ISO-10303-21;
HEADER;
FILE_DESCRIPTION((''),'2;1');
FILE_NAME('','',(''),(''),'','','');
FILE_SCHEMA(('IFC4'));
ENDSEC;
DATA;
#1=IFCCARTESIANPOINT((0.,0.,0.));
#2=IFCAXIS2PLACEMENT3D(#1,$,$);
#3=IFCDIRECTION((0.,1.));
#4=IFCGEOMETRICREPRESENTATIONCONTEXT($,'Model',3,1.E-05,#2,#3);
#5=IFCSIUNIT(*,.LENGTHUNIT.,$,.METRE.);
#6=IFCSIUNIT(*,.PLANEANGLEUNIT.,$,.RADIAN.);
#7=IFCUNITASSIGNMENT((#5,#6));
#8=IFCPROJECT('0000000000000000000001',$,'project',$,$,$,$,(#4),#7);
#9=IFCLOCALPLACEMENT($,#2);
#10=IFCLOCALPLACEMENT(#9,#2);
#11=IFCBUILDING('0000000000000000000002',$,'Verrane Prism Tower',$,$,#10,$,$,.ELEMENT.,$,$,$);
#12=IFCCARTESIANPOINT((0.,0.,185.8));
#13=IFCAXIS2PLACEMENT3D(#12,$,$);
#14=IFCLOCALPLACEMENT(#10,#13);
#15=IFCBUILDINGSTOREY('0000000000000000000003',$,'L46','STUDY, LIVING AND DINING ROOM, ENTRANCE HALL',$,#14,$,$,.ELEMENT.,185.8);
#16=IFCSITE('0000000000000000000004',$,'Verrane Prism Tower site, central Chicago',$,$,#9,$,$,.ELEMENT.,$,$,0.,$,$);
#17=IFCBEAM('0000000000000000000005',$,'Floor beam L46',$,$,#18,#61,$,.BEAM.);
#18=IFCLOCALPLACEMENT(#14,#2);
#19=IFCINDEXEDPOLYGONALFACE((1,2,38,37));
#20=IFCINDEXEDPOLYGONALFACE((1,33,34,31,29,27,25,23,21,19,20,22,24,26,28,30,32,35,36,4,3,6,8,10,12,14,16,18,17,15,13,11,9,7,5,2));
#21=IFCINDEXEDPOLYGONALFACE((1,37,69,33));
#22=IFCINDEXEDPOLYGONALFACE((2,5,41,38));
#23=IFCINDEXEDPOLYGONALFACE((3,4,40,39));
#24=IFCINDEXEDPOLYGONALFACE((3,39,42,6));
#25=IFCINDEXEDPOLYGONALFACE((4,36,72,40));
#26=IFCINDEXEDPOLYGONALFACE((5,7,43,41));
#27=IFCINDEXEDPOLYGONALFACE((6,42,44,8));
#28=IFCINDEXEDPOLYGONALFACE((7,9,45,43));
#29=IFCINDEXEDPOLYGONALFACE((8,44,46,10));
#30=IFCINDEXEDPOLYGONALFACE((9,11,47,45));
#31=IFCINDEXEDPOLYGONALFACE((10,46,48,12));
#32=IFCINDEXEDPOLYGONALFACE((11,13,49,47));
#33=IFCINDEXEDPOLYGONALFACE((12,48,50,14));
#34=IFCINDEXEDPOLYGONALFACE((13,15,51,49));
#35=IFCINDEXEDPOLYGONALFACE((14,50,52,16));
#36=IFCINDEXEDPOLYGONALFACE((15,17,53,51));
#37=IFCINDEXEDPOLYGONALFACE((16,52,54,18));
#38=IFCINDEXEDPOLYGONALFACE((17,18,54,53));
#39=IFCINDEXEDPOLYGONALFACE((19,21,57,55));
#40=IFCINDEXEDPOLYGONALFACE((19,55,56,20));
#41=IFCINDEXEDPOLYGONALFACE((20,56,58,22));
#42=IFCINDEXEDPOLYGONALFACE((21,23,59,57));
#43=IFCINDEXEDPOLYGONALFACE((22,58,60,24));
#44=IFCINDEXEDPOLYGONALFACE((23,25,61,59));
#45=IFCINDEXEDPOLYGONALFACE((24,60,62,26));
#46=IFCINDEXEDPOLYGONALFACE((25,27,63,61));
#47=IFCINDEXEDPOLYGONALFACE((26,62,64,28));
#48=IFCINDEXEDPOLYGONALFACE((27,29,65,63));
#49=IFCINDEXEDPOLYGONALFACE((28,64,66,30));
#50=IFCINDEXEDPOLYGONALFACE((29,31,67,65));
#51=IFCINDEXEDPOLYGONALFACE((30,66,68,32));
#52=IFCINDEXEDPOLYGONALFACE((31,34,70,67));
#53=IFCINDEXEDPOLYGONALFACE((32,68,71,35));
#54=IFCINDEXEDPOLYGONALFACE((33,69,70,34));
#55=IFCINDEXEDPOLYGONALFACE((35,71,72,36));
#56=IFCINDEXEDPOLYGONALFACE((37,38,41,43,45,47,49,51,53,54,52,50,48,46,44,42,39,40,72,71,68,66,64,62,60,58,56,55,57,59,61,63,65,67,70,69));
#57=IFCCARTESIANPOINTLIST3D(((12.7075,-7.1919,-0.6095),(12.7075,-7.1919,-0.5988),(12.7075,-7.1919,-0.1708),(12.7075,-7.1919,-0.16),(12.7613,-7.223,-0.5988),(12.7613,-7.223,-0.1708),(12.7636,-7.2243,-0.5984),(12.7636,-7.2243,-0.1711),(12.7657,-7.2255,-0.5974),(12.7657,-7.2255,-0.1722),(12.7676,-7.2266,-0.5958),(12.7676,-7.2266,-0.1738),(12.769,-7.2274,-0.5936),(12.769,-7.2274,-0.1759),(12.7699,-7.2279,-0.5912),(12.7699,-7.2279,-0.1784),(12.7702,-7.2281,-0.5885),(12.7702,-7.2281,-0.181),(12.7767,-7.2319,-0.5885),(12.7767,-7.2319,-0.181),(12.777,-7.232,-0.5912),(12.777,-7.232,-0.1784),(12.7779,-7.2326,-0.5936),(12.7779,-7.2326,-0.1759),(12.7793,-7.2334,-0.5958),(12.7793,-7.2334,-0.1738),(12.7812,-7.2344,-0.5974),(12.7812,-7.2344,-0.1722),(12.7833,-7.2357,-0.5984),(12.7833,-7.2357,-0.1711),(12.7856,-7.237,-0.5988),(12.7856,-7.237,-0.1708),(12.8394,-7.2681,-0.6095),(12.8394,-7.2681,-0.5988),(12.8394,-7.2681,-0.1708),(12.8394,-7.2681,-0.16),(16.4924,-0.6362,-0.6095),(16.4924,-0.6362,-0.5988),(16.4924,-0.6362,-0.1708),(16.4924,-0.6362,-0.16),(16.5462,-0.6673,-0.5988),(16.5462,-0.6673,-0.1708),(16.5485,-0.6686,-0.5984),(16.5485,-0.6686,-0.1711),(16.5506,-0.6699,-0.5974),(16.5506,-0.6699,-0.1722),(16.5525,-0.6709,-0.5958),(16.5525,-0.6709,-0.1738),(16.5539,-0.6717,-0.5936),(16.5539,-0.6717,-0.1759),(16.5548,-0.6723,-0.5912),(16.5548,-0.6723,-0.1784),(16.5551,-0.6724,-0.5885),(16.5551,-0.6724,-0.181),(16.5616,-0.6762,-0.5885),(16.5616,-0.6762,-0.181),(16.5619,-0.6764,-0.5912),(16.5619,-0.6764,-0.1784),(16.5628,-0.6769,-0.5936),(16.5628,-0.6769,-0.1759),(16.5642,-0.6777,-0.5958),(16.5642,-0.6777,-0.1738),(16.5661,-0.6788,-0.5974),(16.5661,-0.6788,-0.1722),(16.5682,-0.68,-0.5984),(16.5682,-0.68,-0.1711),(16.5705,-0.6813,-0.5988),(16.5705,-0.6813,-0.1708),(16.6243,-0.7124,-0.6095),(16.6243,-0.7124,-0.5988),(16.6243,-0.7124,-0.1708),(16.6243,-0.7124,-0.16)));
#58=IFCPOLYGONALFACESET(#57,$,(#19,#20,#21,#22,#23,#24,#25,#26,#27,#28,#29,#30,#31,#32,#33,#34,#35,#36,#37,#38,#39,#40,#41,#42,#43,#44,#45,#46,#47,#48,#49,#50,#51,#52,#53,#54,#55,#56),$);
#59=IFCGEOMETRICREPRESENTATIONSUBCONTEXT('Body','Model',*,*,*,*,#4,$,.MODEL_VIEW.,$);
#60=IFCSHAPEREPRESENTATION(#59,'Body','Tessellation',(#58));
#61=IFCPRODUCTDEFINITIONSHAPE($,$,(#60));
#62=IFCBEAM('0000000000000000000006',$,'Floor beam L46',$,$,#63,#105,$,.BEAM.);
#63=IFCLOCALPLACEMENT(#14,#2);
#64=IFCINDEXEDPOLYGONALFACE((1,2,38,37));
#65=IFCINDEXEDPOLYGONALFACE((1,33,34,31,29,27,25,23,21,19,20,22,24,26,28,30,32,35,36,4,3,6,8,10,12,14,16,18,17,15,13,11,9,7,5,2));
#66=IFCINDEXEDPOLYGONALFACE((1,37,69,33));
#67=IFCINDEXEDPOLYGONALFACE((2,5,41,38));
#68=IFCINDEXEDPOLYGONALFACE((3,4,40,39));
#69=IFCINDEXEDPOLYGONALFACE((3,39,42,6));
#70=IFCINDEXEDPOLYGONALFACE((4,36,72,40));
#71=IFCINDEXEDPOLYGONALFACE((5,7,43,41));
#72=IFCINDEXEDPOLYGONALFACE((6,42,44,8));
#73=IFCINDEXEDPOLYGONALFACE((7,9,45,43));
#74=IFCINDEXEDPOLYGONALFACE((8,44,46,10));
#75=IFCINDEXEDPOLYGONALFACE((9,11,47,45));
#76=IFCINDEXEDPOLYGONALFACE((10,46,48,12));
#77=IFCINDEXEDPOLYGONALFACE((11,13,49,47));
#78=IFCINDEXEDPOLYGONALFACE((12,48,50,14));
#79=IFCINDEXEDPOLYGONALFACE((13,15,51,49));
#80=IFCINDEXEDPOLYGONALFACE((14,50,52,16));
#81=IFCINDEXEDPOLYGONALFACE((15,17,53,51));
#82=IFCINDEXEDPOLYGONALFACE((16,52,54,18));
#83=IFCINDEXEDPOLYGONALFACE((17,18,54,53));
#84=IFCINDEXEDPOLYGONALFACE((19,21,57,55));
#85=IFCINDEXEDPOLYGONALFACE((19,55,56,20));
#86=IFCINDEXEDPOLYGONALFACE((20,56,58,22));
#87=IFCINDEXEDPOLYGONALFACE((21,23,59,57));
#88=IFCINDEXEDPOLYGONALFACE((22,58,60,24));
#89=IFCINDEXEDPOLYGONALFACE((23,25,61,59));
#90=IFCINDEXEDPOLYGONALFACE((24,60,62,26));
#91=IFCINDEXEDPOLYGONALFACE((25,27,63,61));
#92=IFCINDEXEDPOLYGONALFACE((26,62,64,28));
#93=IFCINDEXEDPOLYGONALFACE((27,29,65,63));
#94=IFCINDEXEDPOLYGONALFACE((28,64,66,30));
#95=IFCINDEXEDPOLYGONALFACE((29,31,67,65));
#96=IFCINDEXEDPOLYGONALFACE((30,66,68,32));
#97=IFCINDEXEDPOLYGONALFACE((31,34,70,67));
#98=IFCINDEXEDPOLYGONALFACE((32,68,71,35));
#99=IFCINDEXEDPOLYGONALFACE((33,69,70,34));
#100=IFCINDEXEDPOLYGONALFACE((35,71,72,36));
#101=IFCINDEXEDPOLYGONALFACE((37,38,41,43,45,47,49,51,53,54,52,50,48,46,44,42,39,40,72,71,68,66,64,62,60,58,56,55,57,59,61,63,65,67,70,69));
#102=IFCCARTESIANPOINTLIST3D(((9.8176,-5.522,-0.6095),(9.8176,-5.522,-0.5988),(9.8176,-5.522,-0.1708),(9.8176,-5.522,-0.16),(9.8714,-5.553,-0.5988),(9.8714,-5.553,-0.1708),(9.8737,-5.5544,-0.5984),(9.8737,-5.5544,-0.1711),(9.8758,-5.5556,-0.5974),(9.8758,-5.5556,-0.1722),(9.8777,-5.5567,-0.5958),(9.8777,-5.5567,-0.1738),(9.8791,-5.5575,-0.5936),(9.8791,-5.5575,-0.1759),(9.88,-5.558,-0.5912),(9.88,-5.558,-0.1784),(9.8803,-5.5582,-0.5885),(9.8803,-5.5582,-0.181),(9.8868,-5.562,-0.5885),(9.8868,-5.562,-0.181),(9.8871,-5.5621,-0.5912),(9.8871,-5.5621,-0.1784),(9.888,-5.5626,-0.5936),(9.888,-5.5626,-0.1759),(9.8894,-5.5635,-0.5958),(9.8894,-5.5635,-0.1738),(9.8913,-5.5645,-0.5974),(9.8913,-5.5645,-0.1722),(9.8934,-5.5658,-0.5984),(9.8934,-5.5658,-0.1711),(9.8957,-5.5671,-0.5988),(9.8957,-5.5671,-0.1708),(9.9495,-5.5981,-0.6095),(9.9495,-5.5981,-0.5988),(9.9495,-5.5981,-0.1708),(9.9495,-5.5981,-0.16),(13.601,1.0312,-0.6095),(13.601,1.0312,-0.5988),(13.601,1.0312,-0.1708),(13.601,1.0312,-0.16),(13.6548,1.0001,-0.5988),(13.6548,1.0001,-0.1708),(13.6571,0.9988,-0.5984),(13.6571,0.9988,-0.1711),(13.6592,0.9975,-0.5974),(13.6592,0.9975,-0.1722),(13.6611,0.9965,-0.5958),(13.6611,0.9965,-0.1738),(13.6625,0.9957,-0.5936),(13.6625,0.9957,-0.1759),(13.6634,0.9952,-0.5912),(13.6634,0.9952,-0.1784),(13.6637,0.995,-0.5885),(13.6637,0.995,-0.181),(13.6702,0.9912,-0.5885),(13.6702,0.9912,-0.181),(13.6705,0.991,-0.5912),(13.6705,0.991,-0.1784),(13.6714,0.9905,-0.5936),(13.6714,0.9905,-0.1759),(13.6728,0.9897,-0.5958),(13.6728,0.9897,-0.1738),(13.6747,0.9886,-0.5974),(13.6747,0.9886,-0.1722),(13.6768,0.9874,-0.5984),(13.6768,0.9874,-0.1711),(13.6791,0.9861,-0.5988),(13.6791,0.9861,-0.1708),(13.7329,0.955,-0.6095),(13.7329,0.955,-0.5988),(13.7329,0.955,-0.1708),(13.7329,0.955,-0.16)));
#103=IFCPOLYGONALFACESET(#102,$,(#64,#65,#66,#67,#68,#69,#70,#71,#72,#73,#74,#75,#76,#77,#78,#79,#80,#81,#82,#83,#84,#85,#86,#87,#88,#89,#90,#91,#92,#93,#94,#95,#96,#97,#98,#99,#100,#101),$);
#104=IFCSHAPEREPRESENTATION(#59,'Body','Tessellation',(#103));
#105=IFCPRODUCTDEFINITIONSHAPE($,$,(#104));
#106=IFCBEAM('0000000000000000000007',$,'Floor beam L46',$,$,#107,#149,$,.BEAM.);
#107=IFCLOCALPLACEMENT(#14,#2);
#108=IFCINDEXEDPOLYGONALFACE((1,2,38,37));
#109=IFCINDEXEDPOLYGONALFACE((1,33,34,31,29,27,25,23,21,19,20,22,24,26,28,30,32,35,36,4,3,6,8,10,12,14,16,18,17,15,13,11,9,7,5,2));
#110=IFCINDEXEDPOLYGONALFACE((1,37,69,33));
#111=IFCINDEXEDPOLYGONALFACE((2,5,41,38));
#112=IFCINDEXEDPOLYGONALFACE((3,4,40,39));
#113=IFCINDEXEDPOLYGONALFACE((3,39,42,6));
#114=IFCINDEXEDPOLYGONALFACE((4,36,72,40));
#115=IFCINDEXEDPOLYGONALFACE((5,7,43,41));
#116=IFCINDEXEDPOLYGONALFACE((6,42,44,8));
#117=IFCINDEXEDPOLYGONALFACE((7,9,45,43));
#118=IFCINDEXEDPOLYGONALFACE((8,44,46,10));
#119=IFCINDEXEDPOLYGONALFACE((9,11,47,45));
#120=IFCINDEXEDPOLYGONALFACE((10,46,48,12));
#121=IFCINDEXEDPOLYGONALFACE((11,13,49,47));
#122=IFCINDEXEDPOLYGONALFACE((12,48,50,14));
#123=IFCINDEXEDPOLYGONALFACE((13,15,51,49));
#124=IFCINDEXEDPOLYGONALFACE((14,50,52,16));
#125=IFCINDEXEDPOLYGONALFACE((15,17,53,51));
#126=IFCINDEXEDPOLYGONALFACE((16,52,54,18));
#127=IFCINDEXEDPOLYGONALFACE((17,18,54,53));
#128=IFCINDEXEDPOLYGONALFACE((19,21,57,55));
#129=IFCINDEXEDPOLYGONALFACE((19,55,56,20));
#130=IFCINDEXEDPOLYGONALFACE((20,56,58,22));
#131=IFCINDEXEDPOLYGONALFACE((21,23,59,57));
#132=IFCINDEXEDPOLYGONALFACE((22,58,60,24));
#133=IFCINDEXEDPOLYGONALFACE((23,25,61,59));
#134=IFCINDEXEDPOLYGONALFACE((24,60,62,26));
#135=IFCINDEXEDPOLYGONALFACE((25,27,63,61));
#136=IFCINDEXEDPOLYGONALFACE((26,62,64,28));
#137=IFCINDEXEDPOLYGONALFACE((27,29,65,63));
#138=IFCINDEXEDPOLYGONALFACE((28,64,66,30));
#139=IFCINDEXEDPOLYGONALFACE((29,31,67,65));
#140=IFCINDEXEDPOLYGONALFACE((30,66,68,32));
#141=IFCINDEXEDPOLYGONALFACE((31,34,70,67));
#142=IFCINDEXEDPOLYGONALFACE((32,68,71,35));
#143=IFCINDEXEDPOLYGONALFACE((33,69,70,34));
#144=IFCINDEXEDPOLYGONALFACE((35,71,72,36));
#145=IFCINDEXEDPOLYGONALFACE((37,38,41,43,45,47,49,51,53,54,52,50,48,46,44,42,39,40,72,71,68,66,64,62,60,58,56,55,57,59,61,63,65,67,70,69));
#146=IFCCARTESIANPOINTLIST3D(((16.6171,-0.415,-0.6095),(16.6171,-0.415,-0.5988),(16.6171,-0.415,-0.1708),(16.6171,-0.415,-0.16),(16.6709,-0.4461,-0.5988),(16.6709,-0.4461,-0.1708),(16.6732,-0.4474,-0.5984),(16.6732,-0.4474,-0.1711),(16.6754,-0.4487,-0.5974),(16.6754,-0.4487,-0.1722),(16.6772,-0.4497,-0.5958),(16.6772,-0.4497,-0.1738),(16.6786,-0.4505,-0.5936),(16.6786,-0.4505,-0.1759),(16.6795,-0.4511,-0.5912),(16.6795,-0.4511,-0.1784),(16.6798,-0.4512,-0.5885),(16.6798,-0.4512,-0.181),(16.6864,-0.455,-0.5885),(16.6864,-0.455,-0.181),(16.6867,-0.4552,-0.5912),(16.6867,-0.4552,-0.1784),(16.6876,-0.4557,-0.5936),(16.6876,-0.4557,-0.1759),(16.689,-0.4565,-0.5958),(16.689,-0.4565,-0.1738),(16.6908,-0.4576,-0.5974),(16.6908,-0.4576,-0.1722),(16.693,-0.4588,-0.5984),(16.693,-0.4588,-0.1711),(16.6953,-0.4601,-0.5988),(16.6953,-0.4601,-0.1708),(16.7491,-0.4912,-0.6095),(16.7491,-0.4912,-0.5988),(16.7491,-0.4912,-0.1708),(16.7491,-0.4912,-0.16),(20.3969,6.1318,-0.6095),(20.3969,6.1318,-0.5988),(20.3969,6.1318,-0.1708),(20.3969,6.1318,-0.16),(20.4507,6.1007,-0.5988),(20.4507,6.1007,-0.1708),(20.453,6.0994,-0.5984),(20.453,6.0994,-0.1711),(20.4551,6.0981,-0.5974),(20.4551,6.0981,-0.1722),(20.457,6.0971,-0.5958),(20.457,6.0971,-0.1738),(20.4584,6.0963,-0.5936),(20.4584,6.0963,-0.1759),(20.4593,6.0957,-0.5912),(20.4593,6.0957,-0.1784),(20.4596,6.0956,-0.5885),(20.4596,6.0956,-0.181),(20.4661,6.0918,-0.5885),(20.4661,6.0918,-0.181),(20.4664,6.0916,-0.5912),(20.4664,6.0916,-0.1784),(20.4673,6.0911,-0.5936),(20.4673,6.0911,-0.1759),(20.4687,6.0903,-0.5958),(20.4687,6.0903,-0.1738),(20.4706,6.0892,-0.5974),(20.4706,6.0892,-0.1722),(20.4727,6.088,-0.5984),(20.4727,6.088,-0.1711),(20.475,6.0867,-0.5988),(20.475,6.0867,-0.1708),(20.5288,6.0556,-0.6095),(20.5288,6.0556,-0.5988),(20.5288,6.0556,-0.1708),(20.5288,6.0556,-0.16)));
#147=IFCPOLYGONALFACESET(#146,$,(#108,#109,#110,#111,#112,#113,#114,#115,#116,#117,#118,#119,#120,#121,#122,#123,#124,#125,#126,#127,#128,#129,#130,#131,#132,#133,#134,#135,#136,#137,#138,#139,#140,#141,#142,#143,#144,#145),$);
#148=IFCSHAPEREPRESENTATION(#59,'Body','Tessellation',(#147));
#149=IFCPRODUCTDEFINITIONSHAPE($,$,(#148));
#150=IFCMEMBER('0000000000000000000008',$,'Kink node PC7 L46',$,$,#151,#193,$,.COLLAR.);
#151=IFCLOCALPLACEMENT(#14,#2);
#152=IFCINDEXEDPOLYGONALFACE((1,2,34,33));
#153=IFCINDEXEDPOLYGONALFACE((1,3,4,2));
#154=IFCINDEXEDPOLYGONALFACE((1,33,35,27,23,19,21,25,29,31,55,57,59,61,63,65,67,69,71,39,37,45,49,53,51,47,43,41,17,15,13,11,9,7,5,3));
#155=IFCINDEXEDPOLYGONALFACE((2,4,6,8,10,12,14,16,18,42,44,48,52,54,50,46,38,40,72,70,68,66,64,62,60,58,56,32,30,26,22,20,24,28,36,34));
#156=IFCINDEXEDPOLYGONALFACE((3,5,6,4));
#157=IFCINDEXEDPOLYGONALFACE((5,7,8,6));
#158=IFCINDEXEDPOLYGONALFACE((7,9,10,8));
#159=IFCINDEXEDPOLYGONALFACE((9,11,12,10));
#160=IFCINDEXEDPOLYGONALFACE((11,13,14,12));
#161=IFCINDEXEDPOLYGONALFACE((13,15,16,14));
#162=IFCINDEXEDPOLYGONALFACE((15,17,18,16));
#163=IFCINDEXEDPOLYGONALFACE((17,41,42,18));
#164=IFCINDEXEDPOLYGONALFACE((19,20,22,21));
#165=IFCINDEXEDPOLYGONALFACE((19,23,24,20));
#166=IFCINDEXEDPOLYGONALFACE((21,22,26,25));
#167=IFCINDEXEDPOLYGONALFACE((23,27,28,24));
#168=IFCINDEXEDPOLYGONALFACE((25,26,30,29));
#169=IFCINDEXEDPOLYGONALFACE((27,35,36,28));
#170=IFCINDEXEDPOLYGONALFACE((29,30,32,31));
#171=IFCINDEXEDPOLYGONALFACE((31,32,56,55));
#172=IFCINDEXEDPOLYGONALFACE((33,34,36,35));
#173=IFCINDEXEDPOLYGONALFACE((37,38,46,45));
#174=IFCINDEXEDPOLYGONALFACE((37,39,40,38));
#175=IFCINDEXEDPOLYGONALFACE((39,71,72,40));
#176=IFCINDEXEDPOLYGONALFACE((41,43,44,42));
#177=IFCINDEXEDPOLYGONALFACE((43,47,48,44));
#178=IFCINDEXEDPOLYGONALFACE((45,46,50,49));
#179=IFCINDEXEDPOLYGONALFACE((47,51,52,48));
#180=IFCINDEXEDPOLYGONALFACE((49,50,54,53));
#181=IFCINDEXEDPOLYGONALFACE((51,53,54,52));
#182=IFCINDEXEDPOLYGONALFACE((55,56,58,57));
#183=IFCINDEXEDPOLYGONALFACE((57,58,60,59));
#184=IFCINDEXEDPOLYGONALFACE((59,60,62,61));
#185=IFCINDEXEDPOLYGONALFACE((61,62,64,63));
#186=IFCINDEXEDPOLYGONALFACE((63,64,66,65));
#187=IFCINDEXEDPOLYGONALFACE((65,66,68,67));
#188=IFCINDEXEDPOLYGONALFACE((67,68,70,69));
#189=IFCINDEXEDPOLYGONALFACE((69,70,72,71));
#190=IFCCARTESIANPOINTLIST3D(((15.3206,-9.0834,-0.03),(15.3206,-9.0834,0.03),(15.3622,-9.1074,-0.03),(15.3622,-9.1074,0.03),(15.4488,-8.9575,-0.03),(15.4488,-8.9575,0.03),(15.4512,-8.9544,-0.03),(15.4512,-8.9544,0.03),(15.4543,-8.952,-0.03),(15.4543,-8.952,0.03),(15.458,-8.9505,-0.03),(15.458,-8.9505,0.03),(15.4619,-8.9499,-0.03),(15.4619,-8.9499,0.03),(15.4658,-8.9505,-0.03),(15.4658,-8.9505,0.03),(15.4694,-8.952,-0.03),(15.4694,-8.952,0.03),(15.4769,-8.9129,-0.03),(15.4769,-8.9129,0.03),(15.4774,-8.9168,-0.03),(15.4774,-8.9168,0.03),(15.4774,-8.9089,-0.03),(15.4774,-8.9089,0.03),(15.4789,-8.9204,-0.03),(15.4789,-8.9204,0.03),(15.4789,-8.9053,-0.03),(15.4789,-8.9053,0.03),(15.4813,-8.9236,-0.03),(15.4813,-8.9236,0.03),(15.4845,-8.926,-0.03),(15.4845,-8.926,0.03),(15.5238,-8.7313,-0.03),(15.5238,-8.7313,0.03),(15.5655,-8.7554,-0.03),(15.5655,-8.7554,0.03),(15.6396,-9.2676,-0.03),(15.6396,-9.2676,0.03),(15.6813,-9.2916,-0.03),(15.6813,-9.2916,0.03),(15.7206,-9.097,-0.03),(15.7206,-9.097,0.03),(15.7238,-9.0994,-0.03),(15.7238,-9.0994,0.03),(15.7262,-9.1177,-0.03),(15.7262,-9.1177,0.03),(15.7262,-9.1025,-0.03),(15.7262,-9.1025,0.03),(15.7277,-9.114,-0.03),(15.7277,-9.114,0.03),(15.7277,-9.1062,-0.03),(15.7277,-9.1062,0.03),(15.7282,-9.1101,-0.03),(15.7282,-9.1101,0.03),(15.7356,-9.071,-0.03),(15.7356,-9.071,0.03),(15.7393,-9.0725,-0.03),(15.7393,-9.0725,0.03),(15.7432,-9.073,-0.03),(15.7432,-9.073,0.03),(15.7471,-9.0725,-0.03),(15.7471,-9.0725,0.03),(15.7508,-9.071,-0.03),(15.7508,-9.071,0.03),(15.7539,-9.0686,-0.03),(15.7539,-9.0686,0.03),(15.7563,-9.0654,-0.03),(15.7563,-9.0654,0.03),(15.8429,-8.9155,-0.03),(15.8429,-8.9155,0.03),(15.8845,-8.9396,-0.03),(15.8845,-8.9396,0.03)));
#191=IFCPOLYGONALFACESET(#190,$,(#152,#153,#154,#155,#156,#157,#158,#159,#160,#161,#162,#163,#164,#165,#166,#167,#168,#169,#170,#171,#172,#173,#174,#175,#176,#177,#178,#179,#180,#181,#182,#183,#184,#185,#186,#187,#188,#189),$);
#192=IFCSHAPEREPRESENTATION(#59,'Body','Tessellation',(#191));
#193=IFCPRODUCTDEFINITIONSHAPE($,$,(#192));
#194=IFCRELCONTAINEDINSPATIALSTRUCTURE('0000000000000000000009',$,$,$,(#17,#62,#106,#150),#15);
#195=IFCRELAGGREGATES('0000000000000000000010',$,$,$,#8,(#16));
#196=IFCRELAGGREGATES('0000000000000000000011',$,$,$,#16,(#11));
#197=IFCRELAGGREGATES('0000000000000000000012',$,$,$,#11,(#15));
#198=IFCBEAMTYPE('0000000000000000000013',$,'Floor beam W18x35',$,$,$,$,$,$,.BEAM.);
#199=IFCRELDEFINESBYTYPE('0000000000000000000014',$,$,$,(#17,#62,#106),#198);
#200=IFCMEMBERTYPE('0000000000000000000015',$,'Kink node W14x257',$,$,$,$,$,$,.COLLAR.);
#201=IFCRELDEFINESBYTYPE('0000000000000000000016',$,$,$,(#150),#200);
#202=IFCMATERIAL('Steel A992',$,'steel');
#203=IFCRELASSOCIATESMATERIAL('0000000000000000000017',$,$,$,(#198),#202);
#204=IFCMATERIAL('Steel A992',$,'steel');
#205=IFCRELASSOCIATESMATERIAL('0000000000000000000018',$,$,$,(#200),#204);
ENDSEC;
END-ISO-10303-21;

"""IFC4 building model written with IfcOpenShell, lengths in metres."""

from ifc_helpers import new_model, si_unit, direction, frame, origin, origin_2d, place, context, subcontext, project, spatial, i_section, extrude, material, material_profile, profile_set, type_object, element, save


model = new_model("IFC4")

# Units and contexts
model_context = context("Model", 3, precision=1e-05, world=origin(), true_north=direction((0.0, 1.0)))
body_context = subcontext(model_context, "Body", "Model", "MODEL_VIEW")
ifc_project = project(units=[si_unit("LENGTHUNIT", "METRE"), si_unit("PLANEANGLEUNIT", "RADIAN")], contexts=[model_context])

# Site, building, storey
site_placement = place(None, origin())
site = spatial("IfcSite", under=ifc_project, at=site_placement, Name="Verrane Prism Tower site, central Chicago", CompositionType="ELEMENT", RefElevation=0.0)
building_placement = place(site_placement, origin())
building = spatial("IfcBuilding", under=site, at=building_placement, Name="Verrane Prism Tower", CompositionType="ELEMENT")
storey_placement = place(building_placement, frame((0.0, 0.0, 185.8)))
storey = spatial("IfcBuildingStorey", under=building, at=storey_placement, Name="L46", Description="STUDY, LIVING AND DINING ROOM, ENTRANCE HALL", CompositionType="ELEMENT", Elevation=185.8)

# Beams
ifc_material_1 = material(Name="Steel A992", Category="steel")
ifc_material_profile_1 = material_profile(ifc_material_1, i_section(OverallWidth=0.1523, OverallDepth=0.4495, WebThickness=0.0076, FlangeThickness=0.0107, FilletRadius=0.0103, at=origin_2d()), Name="W18x35")
ifc_profile_set_1 = profile_set([ifc_material_profile_1], Name="Steel A992")
beam_type_1 = type_object("IfcBeamType", Name="Floor beam W18x35", PredefinedType="BEAM", material=ifc_profile_set_1)
beam_1_placement = place(storey_placement, frame((12.7734, -7.23, -0.3848), z_axis=(0.5, 0.866026, 0.0), x_axis=(-0.866026, 0.5, 0.0)))
element("IfcBeam", 1, at=beam_1_placement, inside=storey, type_object=beam_type_1, Name="Floor beam L46", PredefinedType="BEAM", context=body_context, shape_type="SweptSolid", body=[
    extrude(i_section(OverallWidth=0.1523, OverallDepth=0.4495, WebThickness=0.0076, FlangeThickness=0.0107, FilletRadius=0.0103, at=origin_2d()), origin(), (0.0, 0.0, 1.0), 7.5698),
])
beam_2_placement = place(storey_placement, frame((9.8835, -5.5601, -0.3848), z_axis=(0.499994, 0.866029, 0.0), x_axis=(-0.866029, 0.499994, 0.0)))
element("IfcBeam", 2, at=beam_2_placement, inside=storey, type_object=beam_type_1, Name="Floor beam L46", PredefinedType="BEAM", context=body_context, shape_type="SweptSolid", body=[
    extrude(i_section(OverallWidth=0.1523, OverallDepth=0.4495, WebThickness=0.0076, FlangeThickness=0.0107, FilletRadius=0.0103, at=origin_2d()), origin(), (0.0, 0.0, 1.0), 7.5669),
])
beam_3_placement = place(storey_placement, frame((16.6831, -0.4531, -0.3848), z_axis=(0.499995, 0.866029, 0.0), x_axis=(-0.866029, 0.499995, 0.0)))
element("IfcBeam", 3, at=beam_3_placement, inside=storey, type_object=beam_type_1, Name="Floor beam L46", PredefinedType="BEAM", context=body_context, shape_type="SweptSolid", body=[
    extrude(i_section(OverallWidth=0.1523, OverallDepth=0.4495, WebThickness=0.0076, FlangeThickness=0.0107, FilletRadius=0.0103, at=origin_2d()), origin(), (0.0, 0.0, 1.0), 7.5596),
])

# Member
ifc_material_2 = material(Name="Steel A992", Category="steel")
ifc_material_profile_2 = material_profile(ifc_material_2, i_section(OverallWidth=0.4065, OverallDepth=0.4165, WebThickness=0.03, FlangeThickness=0.0481, FilletRadius=0.0151, at=origin_2d()), Name="W14x257")
ifc_profile_set_2 = profile_set([ifc_material_profile_2], Name="Steel A992")
member_type_1 = type_object("IfcMemberType", Name="Kink node W14x257", PredefinedType="COLLAR", material=ifc_profile_set_2)
member_1_placement = place(storey_placement, frame((15.6025, -9.0115, -0.03), z_axis=(0.0, 0.0, 1.0), x_axis=(-0.5, -0.866025, 0.0)))
element("IfcMember", 4, at=member_1_placement, inside=storey, type_object=member_type_1, Name="Kink node PC7 L46", PredefinedType="COLLAR", context=body_context, shape_type="SweptSolid", body=[
    extrude(i_section(OverallWidth=0.4065, OverallDepth=0.4165, WebThickness=0.03, FlangeThickness=0.0481, FilletRadius=0.0151, at=origin_2d()), origin(), (0.0, 0.0, 1.0), 0.0601),
])

save(model, "model.ifc")
